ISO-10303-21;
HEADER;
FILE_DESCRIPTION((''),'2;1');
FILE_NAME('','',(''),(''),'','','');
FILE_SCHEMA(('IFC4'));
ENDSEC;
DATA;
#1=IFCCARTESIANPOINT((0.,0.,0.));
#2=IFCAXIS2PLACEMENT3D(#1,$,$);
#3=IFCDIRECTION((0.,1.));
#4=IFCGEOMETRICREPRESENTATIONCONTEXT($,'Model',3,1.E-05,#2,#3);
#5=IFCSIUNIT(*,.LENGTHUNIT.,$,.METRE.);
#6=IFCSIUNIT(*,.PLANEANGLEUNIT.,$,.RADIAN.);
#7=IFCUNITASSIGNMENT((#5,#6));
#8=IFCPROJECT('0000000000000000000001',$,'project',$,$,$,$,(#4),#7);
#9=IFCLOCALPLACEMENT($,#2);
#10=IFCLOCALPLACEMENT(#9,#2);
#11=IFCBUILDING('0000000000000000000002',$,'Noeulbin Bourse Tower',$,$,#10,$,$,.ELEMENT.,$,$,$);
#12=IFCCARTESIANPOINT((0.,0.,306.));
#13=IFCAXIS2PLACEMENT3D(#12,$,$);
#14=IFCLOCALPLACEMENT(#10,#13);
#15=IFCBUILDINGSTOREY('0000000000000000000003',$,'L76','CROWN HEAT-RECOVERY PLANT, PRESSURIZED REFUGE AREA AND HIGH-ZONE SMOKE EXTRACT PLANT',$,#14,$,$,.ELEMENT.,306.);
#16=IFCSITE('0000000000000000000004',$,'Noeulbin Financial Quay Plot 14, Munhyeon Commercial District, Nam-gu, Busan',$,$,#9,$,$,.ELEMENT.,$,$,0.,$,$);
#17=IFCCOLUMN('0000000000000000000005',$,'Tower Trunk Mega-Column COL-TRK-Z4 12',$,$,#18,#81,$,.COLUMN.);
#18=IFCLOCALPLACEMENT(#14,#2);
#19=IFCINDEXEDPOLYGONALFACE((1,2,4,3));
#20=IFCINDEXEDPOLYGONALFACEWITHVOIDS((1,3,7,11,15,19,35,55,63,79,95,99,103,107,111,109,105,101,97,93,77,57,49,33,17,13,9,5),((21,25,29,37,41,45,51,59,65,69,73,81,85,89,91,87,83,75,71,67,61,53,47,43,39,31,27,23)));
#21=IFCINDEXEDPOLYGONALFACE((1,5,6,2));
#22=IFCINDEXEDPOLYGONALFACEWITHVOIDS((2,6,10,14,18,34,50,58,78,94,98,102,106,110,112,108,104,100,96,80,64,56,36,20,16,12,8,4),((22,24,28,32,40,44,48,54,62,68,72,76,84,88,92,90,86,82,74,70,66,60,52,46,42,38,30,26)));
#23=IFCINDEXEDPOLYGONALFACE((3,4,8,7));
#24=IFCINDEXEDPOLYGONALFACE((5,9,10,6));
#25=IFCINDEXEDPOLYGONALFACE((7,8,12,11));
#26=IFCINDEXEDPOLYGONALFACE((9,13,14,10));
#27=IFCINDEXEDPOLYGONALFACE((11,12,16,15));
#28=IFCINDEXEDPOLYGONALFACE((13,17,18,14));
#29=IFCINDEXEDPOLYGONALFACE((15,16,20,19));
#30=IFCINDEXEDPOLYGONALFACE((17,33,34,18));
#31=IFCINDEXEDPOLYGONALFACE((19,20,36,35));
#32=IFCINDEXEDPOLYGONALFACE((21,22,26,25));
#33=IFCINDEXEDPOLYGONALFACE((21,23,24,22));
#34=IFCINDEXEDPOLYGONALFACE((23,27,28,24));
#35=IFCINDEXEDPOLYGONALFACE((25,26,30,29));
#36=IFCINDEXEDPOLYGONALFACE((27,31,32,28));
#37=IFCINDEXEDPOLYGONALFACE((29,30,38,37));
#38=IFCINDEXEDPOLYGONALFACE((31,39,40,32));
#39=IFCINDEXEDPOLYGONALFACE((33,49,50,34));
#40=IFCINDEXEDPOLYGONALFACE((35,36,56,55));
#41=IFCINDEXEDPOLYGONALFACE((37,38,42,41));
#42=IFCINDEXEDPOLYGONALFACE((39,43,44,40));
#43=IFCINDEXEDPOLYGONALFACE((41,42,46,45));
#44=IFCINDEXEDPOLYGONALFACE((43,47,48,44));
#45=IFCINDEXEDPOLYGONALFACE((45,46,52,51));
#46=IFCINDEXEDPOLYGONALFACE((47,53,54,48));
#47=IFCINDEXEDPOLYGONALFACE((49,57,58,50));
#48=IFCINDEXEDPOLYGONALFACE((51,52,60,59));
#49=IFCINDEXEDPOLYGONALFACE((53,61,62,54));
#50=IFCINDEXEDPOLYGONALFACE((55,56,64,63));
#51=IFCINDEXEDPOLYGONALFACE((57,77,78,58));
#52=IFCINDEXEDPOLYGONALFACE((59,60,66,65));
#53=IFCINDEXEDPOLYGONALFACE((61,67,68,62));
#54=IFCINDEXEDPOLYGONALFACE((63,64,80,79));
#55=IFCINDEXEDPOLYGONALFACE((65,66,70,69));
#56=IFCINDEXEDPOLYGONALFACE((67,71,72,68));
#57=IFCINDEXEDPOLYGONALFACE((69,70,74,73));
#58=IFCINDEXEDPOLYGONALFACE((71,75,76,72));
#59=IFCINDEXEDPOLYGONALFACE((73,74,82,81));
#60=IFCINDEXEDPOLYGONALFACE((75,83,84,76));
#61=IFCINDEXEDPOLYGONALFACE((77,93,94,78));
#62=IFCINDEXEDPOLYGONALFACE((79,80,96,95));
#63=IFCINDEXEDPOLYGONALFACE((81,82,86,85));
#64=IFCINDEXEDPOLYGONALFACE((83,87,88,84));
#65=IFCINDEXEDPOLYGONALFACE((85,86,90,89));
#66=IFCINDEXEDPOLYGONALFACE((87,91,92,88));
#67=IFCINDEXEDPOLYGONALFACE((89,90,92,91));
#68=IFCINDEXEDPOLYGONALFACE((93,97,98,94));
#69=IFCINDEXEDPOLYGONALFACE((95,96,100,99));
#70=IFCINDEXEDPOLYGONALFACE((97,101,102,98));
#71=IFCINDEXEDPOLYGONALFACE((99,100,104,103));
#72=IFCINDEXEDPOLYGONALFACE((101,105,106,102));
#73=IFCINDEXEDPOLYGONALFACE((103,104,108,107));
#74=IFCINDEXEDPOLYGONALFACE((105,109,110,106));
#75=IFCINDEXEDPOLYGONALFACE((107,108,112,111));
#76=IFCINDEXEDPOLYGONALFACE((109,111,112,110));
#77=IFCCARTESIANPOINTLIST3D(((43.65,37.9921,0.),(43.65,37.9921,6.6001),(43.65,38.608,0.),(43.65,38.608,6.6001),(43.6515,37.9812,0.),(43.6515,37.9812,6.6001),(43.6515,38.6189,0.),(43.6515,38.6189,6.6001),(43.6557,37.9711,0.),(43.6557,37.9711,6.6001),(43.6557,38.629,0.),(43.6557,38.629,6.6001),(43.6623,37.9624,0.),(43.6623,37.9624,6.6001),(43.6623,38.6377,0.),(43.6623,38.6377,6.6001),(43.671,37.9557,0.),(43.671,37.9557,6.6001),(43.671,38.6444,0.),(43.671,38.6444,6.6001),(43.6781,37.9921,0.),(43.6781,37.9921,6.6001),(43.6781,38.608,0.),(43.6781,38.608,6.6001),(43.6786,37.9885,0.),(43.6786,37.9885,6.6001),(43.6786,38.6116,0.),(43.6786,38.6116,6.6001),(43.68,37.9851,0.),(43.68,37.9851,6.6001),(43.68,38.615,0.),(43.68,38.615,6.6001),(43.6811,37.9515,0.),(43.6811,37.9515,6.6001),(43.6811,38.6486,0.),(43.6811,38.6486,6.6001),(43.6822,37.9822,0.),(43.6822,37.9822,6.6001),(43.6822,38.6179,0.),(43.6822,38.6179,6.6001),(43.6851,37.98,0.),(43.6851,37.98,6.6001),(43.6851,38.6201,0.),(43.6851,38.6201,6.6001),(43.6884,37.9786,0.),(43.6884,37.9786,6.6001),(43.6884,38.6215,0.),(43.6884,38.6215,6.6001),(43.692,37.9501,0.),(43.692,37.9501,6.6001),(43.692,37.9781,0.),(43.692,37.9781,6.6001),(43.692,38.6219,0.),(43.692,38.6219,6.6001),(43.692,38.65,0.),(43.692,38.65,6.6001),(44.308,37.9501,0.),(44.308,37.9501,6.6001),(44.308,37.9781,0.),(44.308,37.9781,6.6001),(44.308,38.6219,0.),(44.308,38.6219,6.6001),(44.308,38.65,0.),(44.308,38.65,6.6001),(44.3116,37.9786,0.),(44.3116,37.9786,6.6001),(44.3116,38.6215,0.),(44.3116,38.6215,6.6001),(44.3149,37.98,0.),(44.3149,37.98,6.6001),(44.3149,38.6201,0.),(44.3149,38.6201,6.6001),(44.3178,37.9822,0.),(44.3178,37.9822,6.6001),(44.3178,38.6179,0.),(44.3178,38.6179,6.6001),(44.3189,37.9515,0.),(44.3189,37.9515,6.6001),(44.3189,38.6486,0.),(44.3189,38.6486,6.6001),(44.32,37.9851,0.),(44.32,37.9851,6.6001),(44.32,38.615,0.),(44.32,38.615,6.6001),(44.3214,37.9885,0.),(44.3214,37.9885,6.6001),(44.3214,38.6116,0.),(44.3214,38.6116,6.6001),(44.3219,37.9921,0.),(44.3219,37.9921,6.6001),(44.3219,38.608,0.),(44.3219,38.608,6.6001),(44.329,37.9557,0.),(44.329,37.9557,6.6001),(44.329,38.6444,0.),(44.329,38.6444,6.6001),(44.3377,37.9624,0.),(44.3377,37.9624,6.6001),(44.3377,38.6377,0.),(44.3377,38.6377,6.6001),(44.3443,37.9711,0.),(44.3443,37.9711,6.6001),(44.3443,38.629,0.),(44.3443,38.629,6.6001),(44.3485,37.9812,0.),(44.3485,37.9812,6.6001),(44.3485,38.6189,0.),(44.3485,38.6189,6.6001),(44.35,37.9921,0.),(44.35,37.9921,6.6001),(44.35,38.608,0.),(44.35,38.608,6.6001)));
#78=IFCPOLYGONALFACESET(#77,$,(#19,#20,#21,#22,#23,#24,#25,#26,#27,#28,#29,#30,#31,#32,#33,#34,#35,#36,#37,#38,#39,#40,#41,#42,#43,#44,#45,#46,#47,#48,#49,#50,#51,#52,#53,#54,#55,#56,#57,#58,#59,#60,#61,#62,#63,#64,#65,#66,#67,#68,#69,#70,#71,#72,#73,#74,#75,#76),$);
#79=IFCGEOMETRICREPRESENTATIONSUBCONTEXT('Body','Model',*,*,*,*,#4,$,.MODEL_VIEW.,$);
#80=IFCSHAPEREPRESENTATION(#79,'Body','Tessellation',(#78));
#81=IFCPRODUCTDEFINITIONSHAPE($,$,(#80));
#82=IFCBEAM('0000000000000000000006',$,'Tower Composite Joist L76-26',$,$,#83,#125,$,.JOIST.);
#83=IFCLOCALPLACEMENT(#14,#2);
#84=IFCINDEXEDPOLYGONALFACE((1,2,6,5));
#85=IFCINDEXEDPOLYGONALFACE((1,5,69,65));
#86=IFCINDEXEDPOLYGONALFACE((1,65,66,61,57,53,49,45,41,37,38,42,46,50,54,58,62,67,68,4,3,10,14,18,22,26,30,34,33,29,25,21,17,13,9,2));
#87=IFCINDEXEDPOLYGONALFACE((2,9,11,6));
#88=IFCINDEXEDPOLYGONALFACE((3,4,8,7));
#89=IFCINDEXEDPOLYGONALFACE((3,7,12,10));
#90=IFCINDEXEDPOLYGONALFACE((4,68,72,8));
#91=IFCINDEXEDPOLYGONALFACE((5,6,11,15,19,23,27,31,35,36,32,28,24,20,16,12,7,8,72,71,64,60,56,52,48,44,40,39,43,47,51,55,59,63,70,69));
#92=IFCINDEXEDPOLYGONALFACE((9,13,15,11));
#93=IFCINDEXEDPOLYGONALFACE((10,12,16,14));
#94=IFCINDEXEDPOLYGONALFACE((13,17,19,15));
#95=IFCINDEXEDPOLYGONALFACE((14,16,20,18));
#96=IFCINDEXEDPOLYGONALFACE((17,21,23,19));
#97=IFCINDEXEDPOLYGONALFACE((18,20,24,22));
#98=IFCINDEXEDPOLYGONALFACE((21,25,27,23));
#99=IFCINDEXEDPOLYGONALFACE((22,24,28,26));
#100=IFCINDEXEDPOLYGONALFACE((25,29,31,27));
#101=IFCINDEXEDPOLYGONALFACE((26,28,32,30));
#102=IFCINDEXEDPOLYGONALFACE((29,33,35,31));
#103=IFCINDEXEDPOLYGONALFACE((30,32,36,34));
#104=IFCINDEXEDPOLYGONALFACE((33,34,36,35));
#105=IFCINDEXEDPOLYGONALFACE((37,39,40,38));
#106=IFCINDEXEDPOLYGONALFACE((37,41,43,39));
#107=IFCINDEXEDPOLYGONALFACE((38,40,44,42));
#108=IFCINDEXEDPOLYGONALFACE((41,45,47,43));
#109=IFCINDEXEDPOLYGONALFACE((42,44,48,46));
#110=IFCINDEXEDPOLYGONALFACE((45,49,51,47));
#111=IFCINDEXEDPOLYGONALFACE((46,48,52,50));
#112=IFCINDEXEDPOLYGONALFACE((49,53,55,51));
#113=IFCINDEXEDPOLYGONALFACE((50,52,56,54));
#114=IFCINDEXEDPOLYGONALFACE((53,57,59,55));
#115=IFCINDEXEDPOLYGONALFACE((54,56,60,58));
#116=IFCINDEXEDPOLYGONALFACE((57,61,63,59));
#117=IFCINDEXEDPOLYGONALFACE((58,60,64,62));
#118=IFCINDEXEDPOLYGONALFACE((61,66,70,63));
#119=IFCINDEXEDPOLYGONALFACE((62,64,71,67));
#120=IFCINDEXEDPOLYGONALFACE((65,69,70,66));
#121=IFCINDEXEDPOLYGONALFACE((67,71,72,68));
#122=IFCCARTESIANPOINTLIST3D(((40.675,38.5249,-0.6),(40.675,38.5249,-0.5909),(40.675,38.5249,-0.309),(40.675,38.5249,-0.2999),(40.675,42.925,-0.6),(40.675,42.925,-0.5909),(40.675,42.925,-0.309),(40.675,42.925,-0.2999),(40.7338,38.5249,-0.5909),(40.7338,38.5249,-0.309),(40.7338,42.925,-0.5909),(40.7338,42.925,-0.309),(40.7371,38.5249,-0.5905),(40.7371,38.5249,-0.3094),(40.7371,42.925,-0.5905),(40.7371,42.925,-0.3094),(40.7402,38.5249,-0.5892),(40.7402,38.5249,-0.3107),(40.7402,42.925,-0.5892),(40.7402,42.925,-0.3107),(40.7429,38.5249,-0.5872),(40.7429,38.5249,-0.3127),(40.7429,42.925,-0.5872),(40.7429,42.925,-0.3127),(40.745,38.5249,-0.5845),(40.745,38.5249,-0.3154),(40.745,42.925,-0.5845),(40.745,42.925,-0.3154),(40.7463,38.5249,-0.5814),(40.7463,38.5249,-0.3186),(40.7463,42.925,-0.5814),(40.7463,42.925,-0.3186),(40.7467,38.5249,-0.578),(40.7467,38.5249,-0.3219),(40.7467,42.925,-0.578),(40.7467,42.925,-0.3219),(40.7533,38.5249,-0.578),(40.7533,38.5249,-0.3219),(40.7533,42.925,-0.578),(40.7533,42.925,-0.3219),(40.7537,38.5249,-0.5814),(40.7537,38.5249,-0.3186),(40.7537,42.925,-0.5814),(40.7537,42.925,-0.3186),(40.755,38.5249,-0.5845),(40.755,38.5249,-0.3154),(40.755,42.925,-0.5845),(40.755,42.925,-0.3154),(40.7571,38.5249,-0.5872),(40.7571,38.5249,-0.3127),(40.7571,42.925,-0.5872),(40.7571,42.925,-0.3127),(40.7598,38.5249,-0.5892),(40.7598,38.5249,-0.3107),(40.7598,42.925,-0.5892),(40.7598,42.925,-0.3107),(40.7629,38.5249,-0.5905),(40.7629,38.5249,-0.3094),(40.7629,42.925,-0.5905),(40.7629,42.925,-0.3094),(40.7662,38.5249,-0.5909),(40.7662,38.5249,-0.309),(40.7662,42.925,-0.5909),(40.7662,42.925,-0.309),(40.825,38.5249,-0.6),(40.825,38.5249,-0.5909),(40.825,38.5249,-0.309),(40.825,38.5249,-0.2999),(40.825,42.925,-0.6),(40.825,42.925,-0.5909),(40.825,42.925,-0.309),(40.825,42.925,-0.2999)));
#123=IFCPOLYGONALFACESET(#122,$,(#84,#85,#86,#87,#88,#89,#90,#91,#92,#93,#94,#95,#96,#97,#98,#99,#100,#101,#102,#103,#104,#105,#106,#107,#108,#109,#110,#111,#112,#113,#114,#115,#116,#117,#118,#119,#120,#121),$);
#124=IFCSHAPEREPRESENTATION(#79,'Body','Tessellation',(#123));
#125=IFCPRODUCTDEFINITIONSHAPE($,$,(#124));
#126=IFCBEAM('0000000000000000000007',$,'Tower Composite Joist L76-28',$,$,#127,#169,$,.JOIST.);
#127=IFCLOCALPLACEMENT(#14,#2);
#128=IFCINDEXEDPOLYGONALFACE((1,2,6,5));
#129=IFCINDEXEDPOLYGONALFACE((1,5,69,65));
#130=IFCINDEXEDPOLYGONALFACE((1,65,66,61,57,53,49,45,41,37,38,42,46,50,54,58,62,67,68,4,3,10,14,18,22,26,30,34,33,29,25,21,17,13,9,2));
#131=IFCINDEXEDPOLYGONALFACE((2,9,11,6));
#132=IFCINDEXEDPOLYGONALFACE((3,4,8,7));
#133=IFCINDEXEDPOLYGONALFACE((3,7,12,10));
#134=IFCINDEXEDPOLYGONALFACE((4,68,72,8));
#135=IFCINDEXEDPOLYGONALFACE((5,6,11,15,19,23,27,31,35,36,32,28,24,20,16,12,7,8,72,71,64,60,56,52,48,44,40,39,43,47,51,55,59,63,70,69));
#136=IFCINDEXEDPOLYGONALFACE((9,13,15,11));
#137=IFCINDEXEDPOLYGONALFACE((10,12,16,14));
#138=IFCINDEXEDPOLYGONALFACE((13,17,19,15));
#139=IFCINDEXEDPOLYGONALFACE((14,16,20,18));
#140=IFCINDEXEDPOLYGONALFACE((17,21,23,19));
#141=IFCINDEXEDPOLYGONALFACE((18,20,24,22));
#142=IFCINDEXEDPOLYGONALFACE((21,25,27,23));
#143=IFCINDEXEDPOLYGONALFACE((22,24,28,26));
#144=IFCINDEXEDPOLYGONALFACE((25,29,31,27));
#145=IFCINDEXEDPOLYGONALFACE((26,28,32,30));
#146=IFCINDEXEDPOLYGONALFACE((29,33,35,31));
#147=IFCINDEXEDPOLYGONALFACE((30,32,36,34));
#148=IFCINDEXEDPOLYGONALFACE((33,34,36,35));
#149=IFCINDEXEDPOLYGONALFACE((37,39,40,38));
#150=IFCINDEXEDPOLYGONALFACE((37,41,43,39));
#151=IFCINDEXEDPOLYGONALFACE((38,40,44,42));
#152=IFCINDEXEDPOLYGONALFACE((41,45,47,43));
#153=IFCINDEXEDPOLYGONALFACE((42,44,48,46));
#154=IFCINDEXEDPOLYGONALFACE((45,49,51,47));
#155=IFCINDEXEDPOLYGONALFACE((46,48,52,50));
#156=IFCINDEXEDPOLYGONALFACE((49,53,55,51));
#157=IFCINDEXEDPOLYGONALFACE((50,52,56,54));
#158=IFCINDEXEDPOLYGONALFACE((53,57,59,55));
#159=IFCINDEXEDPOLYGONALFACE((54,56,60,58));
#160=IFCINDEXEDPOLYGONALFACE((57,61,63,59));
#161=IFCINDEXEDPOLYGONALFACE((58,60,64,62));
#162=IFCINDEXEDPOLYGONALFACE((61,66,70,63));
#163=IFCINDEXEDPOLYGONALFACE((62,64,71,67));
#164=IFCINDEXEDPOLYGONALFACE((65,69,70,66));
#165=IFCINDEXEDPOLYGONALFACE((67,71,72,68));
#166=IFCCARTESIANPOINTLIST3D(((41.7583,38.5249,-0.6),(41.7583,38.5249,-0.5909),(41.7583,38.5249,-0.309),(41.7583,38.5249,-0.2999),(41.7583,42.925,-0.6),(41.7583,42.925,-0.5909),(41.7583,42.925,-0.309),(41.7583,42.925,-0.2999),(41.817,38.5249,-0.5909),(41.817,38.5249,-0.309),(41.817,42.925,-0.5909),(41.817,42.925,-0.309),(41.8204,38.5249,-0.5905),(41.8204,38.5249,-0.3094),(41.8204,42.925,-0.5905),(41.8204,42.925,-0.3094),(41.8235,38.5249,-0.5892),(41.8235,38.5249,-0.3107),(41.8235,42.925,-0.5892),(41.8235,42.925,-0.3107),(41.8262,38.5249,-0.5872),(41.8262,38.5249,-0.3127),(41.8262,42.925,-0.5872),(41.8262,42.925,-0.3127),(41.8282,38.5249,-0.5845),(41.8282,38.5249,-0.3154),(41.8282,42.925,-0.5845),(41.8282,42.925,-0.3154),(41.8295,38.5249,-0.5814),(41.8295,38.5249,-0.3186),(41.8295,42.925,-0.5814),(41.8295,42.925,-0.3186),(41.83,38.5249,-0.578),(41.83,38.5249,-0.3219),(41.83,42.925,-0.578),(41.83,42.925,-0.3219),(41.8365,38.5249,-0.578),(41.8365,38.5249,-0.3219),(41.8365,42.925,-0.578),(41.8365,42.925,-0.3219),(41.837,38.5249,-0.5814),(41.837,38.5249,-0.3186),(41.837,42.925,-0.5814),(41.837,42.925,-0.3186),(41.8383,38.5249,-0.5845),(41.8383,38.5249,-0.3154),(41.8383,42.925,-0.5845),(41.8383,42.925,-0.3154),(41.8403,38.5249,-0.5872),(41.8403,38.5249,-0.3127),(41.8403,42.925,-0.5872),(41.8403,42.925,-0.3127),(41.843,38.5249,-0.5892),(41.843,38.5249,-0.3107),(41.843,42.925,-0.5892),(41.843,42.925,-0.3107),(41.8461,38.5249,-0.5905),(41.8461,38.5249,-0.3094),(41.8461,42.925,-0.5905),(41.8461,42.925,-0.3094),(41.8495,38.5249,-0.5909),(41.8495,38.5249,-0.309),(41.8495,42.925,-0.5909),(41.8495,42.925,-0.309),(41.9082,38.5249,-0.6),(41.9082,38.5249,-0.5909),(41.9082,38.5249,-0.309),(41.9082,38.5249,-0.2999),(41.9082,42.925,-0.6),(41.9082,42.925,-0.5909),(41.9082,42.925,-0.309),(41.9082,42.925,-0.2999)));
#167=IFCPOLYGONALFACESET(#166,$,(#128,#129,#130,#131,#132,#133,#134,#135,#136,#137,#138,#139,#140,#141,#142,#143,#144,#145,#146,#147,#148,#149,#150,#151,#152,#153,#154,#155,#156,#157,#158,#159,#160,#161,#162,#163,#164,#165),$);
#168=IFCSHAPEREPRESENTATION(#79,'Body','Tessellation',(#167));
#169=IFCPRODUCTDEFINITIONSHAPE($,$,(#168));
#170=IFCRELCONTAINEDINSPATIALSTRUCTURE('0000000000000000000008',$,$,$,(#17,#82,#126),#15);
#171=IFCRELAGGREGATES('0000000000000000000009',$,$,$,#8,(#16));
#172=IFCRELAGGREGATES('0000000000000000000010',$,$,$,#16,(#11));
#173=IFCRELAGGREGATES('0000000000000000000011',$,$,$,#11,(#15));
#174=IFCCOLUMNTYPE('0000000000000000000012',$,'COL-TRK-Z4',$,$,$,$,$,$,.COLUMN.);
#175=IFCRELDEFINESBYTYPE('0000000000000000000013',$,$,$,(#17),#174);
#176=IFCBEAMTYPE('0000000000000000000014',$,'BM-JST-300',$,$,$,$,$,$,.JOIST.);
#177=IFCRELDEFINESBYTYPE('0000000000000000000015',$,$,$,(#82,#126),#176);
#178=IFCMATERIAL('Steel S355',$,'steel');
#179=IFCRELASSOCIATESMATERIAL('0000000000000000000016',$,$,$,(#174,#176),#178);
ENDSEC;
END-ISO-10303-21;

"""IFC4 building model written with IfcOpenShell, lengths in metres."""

from ifc_helpers import new_model, si_unit, direction, frame, origin, origin_2d, place, context, subcontext, project, spatial, hollow_rectangle, i_section, extrude, material, material_profile, profile_set, type_object, element, save


model = new_model("IFC4")

# Units and contexts
model_context = context("Model", 3, precision=1e-05, world=origin(), true_north=direction((0.0, 1.0)))
body_context = subcontext(model_context, "Body", "Model", "MODEL_VIEW")
ifc_project = project(units=[si_unit("LENGTHUNIT", "METRE"), si_unit("PLANEANGLEUNIT", "RADIAN")], contexts=[model_context])

# Site, building, storey
site_placement = place(None, origin())
site = spatial("IfcSite", under=ifc_project, at=site_placement, Name="Noeulbin Financial Quay Plot 14, Munhyeon Commercial District, Nam-gu, Busan", CompositionType="ELEMENT", RefElevation=0.0)
building_placement = place(site_placement, origin())
building = spatial("IfcBuilding", under=site, at=building_placement, Name="Noeulbin Bourse Tower", CompositionType="ELEMENT")
storey_placement = place(building_placement, frame((0.0, 0.0, 306.0)))
storey = spatial("IfcBuildingStorey", under=building, at=storey_placement, Name="L76", Description="CROWN HEAT-RECOVERY PLANT, PRESSURIZED REFUGE AREA AND HIGH-ZONE SMOKE EXTRACT PLANT", CompositionType="ELEMENT", Elevation=306.0)

# Column
ifc_material_1 = material(Name="Steel S355", Category="steel")
ifc_material_profile_1 = material_profile(ifc_material_1, hollow_rectangle(XDim=0.7, YDim=0.7, WallThickness=0.0281, InnerFilletRadius=0.0139, OuterFilletRadius=0.042, at=origin_2d()), Name="BOX-700x700x28", Category="LoadBearing")
ifc_profile_set_1 = profile_set([ifc_material_profile_1], Name="Steel S355")
column_type_1 = type_object("IfcColumnType", Name="COL-TRK-Z4", PredefinedType="COLUMN", material=ifc_profile_set_1)
column_placement = place(storey_placement, frame((44.0, 38.3, 0.0), z_axis=(0.0, 0.0, 1.0), x_axis=(1.0, 0.0, 0.0)))
element("IfcColumn", 1, at=column_placement, inside=storey, type_object=column_type_1, Name="Tower Trunk Mega-Column COL-TRK-Z4 12", PredefinedType="COLUMN", context=body_context, shape_type="SweptSolid", body=[
    extrude(hollow_rectangle(XDim=0.7, YDim=0.7, WallThickness=0.0281, InnerFilletRadius=0.0139, OuterFilletRadius=0.042, at=origin_2d()), origin(), (0.0, 0.0, 1.0), 6.6001),
])

# Beams
ifc_material_profile_2 = material_profile(ifc_material_1, i_section(OverallWidth=0.1499, OverallDepth=0.3, WebThickness=0.0066, FlangeThickness=0.009, FilletRadius=0.0129, at=origin_2d()), Name="H-300x150x6.5x9", Category="LoadBearing")
ifc_profile_set_2 = profile_set([ifc_material_profile_2], Name="Steel S355")
beam_type_1 = type_object("IfcBeamType", Name="BM-JST-300", PredefinedType="JOIST", material=ifc_profile_set_2)
for number, where, z_axis, x_axis, name in (
    (2, (40.75, 38.5249, -0.45), (0.0, 1.0, 0.0), (-1.0, 0.0, 0.0), "Tower Composite Joist L76-26"),
    (3, (41.8333, 38.5249, -0.45), (0.0, 1.0, 0.0), (-1.0, 0.0, 0.0), "Tower Composite Joist L76-28"),
):
    element("IfcBeam", number, at=place(storey_placement, frame(where, z_axis=z_axis, x_axis=x_axis)), inside=storey, type_object=beam_type_1, Name=name, PredefinedType="JOIST", context=body_context, shape_type="SweptSolid", body=[
        extrude(i_section(OverallWidth=0.1499, OverallDepth=0.3, WebThickness=0.0066, FlangeThickness=0.009, FilletRadius=0.0129, at=origin_2d()), origin(), (0.0, 0.0, 1.0), 4.4001),
    ])

save(model, "model.ifc")
